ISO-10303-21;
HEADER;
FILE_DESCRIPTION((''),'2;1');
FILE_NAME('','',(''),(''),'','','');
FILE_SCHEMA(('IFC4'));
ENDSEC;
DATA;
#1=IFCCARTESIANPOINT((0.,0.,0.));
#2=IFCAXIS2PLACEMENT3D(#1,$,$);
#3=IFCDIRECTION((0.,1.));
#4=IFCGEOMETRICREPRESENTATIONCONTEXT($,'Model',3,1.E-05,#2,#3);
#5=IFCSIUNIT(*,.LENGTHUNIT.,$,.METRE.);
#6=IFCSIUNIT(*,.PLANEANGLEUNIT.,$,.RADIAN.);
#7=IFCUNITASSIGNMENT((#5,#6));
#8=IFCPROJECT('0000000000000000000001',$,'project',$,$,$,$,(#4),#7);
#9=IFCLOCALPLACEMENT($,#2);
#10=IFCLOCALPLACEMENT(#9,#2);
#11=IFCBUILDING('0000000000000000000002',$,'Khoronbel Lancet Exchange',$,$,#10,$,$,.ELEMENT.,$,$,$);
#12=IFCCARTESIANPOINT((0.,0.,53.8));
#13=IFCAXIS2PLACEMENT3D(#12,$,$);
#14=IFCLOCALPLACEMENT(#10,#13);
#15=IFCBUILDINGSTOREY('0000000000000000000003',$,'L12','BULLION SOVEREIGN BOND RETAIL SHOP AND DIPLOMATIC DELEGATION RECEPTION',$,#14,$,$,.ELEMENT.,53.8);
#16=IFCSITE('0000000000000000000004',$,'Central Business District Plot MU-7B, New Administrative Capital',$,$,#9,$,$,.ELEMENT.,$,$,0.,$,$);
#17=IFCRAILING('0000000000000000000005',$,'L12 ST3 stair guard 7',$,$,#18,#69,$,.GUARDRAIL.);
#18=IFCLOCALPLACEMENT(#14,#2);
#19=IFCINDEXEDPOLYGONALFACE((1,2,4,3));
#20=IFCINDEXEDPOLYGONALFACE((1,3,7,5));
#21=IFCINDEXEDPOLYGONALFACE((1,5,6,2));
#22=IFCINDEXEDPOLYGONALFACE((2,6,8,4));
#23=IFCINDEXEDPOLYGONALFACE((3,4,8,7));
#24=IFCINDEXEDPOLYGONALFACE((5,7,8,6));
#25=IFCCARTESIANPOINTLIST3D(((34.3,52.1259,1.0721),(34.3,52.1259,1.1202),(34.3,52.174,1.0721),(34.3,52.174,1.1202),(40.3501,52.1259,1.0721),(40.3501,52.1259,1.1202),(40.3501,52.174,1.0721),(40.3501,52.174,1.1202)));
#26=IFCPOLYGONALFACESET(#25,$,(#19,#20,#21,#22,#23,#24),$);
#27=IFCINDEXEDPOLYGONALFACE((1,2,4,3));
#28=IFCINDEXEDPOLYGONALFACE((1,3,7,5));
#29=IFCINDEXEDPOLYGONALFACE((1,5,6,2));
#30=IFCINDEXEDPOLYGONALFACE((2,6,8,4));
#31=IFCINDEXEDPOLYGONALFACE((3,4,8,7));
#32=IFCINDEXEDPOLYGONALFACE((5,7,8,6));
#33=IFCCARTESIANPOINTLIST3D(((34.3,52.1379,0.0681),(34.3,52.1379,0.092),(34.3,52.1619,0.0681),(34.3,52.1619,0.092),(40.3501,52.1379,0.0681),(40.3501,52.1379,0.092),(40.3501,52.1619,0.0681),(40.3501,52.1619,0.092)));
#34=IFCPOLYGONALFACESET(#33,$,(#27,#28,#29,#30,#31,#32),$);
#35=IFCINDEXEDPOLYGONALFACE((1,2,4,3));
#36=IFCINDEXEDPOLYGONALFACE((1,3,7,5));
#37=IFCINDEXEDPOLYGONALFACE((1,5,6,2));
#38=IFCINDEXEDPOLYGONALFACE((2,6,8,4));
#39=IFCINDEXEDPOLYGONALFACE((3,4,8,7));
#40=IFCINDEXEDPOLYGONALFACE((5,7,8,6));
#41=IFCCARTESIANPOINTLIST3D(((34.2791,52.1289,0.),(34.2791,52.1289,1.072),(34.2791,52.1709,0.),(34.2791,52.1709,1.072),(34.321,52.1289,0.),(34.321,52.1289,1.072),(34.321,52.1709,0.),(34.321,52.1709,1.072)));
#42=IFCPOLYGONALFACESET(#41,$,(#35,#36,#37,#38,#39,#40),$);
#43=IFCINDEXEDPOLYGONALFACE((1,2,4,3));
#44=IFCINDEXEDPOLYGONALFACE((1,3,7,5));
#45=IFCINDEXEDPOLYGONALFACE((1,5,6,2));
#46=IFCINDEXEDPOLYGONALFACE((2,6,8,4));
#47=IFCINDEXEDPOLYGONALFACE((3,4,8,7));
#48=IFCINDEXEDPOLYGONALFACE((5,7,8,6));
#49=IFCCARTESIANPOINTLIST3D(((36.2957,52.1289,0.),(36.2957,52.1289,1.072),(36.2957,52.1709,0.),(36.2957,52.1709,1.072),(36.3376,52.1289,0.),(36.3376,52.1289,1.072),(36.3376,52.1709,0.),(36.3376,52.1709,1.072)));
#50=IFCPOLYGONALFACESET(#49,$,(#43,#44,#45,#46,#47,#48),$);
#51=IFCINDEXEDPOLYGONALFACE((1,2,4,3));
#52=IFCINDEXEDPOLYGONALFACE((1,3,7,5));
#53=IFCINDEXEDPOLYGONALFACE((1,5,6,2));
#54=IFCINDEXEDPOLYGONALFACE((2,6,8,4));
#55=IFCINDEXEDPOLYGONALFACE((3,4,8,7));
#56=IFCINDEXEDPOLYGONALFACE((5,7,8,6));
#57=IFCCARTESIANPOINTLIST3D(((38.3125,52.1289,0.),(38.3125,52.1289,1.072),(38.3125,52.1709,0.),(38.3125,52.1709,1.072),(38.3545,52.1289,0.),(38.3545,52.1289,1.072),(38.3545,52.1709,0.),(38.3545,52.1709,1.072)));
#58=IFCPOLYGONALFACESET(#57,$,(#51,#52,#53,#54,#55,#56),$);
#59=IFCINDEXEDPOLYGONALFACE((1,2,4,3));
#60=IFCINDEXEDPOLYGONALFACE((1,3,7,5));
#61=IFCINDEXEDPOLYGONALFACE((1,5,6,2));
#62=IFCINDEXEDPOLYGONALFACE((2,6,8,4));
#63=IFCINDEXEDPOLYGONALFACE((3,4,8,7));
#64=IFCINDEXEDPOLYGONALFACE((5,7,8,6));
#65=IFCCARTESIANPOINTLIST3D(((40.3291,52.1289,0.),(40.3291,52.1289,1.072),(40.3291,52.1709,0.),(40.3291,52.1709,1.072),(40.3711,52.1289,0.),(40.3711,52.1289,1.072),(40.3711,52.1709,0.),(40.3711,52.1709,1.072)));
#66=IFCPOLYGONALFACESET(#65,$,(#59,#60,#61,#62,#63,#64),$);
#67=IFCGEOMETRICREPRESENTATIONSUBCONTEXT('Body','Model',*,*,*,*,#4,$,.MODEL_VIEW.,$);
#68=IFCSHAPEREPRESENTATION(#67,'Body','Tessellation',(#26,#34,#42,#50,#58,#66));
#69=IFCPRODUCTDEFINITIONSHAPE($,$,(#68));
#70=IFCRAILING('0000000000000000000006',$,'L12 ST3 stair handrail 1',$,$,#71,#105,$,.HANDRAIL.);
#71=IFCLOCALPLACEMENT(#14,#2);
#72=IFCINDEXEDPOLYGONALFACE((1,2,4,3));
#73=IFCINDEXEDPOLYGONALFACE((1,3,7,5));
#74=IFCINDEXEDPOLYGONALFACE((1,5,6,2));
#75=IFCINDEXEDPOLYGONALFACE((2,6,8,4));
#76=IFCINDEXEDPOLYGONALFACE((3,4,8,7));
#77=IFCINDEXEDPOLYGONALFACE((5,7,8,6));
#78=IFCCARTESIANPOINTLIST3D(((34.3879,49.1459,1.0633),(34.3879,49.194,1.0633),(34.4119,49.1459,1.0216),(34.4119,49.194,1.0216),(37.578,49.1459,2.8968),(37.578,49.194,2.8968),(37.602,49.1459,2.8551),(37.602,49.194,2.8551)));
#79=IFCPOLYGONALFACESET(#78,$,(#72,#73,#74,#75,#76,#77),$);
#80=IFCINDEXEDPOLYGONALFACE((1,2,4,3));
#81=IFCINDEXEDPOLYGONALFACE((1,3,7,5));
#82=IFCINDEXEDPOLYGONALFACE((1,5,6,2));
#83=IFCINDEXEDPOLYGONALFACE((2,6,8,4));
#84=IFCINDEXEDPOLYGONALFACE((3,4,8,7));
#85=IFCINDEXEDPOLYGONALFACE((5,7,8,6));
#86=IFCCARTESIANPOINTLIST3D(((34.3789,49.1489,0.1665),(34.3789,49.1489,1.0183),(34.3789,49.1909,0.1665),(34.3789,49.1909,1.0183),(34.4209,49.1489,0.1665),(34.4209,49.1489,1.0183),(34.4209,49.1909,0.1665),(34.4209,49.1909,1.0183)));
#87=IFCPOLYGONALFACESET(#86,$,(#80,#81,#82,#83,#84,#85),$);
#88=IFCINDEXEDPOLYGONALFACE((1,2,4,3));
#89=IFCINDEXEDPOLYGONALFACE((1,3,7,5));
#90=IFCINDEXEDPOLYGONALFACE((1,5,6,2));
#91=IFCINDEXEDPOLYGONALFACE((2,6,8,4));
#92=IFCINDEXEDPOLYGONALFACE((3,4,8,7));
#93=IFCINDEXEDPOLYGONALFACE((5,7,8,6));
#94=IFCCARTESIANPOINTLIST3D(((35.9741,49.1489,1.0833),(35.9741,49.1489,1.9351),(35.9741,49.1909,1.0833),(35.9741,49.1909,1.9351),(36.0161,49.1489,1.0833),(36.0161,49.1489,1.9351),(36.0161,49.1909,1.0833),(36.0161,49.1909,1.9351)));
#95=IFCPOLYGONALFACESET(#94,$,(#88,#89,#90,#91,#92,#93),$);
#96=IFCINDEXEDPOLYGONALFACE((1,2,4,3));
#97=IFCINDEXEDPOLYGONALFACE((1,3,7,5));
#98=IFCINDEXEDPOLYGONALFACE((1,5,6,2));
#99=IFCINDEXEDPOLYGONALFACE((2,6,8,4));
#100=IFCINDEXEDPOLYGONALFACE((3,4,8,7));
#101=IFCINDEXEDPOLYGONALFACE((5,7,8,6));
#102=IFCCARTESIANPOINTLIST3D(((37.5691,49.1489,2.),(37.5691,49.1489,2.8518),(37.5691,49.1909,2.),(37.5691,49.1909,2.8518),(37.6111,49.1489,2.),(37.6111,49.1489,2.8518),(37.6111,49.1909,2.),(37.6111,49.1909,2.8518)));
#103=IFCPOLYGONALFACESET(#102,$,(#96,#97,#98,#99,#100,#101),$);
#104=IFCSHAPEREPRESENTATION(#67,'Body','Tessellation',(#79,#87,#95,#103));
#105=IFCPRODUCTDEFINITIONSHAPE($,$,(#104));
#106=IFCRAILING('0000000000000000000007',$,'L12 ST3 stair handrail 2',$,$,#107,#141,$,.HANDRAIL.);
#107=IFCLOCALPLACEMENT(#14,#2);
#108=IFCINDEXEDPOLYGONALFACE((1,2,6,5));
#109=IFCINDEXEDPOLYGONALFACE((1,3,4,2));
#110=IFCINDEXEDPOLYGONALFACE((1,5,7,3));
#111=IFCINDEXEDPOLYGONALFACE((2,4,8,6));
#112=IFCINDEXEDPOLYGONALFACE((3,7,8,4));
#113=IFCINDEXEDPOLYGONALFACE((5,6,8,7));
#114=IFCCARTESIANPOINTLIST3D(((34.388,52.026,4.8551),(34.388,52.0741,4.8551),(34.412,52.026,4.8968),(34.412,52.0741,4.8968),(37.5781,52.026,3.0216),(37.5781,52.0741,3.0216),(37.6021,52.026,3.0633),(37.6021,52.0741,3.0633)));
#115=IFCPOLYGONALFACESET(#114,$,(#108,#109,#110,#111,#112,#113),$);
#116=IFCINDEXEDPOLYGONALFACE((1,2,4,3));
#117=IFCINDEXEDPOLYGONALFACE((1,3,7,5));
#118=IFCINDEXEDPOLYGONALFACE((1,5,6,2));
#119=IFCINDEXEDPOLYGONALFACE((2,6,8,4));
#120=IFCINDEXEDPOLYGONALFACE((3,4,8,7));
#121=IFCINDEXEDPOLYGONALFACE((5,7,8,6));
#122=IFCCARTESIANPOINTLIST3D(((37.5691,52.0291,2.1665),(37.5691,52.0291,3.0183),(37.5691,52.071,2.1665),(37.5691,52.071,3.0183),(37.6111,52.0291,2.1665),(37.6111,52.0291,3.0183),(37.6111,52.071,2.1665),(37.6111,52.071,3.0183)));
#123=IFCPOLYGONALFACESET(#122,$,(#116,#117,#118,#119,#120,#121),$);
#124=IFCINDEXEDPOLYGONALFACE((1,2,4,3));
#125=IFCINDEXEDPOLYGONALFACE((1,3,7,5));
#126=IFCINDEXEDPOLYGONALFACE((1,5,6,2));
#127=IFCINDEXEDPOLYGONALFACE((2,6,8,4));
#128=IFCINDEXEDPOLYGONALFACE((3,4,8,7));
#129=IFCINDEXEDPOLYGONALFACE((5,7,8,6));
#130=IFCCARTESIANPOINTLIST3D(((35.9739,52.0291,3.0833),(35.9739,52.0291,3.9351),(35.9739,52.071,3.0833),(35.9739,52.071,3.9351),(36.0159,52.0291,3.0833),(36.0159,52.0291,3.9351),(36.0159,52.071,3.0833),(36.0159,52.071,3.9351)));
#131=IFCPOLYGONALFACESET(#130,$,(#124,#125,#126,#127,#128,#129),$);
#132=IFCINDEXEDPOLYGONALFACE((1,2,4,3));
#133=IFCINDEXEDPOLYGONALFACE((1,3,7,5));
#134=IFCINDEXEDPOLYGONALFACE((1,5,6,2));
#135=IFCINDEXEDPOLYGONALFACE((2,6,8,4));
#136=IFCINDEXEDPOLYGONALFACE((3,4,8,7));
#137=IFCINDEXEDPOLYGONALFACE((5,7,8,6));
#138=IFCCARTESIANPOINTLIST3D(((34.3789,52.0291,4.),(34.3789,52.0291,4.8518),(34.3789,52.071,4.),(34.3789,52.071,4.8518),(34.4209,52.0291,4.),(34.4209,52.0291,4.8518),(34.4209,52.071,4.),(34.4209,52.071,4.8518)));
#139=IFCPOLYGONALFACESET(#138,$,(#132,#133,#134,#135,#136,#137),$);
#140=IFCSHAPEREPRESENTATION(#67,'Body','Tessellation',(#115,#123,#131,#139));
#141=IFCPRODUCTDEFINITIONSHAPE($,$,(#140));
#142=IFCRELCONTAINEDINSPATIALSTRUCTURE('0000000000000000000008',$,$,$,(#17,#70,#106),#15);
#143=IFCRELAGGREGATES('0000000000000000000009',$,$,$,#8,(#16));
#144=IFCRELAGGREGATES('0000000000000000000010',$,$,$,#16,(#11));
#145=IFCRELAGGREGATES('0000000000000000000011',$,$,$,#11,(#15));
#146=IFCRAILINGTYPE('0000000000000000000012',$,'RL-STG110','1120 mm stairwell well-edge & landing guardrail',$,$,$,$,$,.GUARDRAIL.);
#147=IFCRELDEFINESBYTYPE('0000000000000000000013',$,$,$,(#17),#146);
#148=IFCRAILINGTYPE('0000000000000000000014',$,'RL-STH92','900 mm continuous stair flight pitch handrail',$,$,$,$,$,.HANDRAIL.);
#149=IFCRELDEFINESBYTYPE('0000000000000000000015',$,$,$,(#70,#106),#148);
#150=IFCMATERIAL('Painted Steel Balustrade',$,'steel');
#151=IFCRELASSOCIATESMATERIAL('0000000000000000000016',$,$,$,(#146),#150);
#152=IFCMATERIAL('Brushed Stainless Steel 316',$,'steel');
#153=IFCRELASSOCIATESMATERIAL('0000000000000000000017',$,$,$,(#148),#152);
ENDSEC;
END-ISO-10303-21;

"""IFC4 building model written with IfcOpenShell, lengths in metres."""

from ifc_helpers import new_model, si_unit, direction, frame, origin, origin_2d, place, context, subcontext, project, spatial, rectangle, extrude, material, type_object, element, save


model = new_model("IFC4")

# Units and contexts
model_context = context("Model", 3, precision=1e-05, world=origin(), true_north=direction((0.0, 1.0)))
body_context = subcontext(model_context, "Body", "Model", "MODEL_VIEW")
ifc_project = project(units=[si_unit("LENGTHUNIT", "METRE"), si_unit("PLANEANGLEUNIT", "RADIAN")], contexts=[model_context])

# Site, building, storey
site_placement = place(None, origin())
site = spatial("IfcSite", under=ifc_project, at=site_placement, Name="Central Business District Plot MU-7B, New Administrative Capital", CompositionType="ELEMENT", RefElevation=0.0)
building_placement = place(site_placement, origin())
building = spatial("IfcBuilding", under=site, at=building_placement, Name="Khoronbel Lancet Exchange", CompositionType="ELEMENT")
storey_placement = place(building_placement, frame((0.0, 0.0, 53.8)))
storey = spatial("IfcBuildingStorey", under=building, at=storey_placement, Name="L12", Description="BULLION SOVEREIGN BOND RETAIL SHOP AND DIPLOMATIC DELEGATION RECEPTION", CompositionType="ELEMENT", Elevation=53.8)

# Railings
ifc_material_1 = material(Name="Painted Steel Balustrade", Category="steel")
railing_type_1 = type_object("IfcRailingType", Name="RL-STG110", Description="1120 mm stairwell well-edge & landing guardrail", PredefinedType="GUARDRAIL", material=ifc_material_1)
railing_1_placement = place(storey_placement, frame((34.3, 52.1499, 0.0)))
element("IfcRailing", 1, at=railing_1_placement, inside=storey, type_object=railing_type_1, Name="L12 ST3 stair guard 7", PredefinedType="GUARDRAIL", context=body_context, shape_type="SweptSolid", body=[
    extrude(rectangle(XDim=0.0481, YDim=0.0481, at=origin_2d()), frame((0.0, 0.0, 1.0962), z_axis=(1.0, 0.0, 0.0), x_axis=(0.0, 1.0, 0.0)), (0.0, 0.0, 1.0), 6.05),
    extrude(rectangle(XDim=0.0239, YDim=0.0239, at=origin_2d()), frame((0.0, 0.0, 0.0801), z_axis=(1.0, 0.0, 0.0), x_axis=(0.0, 1.0, 0.0)), (0.0, 0.0, 1.0), 6.05),
    extrude(rectangle(XDim=0.042, YDim=0.042, at=origin_2d()), origin(), (0.0, 0.0, 1.0), 1.072),
    extrude(rectangle(XDim=0.042, YDim=0.042, at=origin_2d()), frame((2.0166, 0.0, 0.0)), (0.0, 0.0, 1.0), 1.072),
    extrude(rectangle(XDim=0.042, YDim=0.042, at=origin_2d()), frame((4.0334, 0.0, 0.0)), (0.0, 0.0, 1.0), 1.072),
    extrude(rectangle(XDim=0.042, YDim=0.042, at=origin_2d()), frame((6.05, 0.0, 0.0)), (0.0, 0.0, 1.0), 1.072),
])
ifc_material_2 = material(Name="Brushed Stainless Steel 316", Category="steel")
railing_type_2 = type_object("IfcRailingType", Name="RL-STH92", Description="900 mm continuous stair flight pitch handrail", PredefinedType="HANDRAIL", material=ifc_material_2)
railing_2_placement = place(storey_placement, frame((34.3999, 49.1699, 0.1665)))
element("IfcRailing", 2, at=railing_2_placement, inside=storey, type_object=railing_type_2, Name="L12 ST3 stair handrail 1", PredefinedType="HANDRAIL", context=body_context, shape_type="SweptSolid", body=[
    extrude(rectangle(XDim=0.0481, YDim=0.0481, at=origin_2d()), frame((0.0, 0.0, 0.876), z_axis=(0.867007, 0.0, 0.498295), x_axis=(0.0, 1.0, 0.0)), (0.0, 0.0, 1.0), 3.6794),
    extrude(rectangle(XDim=0.042, YDim=0.042, at=origin_2d()), origin(), (0.0, 0.0, 1.0), 0.8518),
    extrude(rectangle(XDim=0.042, YDim=0.042, at=origin_2d()), frame((1.5952, 0.0, 0.9167)), (0.0, 0.0, 1.0), 0.8518),
    extrude(rectangle(XDim=0.042, YDim=0.042, at=origin_2d()), frame((3.1902, 0.0, 1.8335)), (0.0, 0.0, 1.0), 0.8518),
])
railing_3_placement = place(storey_placement, frame((37.5901, 52.05, 2.1665)))
element("IfcRailing", 3, at=railing_3_placement, inside=storey, type_object=railing_type_2, Name="L12 ST3 stair handrail 2", PredefinedType="HANDRAIL", context=body_context, shape_type="SweptSolid", body=[
    extrude(rectangle(XDim=0.0481, YDim=0.0481, at=origin_2d()), frame((0.0, 0.0, 0.876), z_axis=(-0.867007, 0.0, 0.498295), x_axis=(0.0, -1.0, 0.0)), (0.0, 0.0, 1.0), 3.6794),
    extrude(rectangle(XDim=0.042, YDim=0.042, at=origin_2d()), origin(), (0.0, 0.0, 1.0), 0.8518),
    extrude(rectangle(XDim=0.042, YDim=0.042, at=origin_2d()), frame((-1.5952, 0.0, 0.9167)), (0.0, 0.0, 1.0), 0.8518),
    extrude(rectangle(XDim=0.042, YDim=0.042, at=origin_2d()), frame((-3.1902, 0.0, 1.8335)), (0.0, 0.0, 1.0), 0.8518),
])

save(model, "model.ifc")
